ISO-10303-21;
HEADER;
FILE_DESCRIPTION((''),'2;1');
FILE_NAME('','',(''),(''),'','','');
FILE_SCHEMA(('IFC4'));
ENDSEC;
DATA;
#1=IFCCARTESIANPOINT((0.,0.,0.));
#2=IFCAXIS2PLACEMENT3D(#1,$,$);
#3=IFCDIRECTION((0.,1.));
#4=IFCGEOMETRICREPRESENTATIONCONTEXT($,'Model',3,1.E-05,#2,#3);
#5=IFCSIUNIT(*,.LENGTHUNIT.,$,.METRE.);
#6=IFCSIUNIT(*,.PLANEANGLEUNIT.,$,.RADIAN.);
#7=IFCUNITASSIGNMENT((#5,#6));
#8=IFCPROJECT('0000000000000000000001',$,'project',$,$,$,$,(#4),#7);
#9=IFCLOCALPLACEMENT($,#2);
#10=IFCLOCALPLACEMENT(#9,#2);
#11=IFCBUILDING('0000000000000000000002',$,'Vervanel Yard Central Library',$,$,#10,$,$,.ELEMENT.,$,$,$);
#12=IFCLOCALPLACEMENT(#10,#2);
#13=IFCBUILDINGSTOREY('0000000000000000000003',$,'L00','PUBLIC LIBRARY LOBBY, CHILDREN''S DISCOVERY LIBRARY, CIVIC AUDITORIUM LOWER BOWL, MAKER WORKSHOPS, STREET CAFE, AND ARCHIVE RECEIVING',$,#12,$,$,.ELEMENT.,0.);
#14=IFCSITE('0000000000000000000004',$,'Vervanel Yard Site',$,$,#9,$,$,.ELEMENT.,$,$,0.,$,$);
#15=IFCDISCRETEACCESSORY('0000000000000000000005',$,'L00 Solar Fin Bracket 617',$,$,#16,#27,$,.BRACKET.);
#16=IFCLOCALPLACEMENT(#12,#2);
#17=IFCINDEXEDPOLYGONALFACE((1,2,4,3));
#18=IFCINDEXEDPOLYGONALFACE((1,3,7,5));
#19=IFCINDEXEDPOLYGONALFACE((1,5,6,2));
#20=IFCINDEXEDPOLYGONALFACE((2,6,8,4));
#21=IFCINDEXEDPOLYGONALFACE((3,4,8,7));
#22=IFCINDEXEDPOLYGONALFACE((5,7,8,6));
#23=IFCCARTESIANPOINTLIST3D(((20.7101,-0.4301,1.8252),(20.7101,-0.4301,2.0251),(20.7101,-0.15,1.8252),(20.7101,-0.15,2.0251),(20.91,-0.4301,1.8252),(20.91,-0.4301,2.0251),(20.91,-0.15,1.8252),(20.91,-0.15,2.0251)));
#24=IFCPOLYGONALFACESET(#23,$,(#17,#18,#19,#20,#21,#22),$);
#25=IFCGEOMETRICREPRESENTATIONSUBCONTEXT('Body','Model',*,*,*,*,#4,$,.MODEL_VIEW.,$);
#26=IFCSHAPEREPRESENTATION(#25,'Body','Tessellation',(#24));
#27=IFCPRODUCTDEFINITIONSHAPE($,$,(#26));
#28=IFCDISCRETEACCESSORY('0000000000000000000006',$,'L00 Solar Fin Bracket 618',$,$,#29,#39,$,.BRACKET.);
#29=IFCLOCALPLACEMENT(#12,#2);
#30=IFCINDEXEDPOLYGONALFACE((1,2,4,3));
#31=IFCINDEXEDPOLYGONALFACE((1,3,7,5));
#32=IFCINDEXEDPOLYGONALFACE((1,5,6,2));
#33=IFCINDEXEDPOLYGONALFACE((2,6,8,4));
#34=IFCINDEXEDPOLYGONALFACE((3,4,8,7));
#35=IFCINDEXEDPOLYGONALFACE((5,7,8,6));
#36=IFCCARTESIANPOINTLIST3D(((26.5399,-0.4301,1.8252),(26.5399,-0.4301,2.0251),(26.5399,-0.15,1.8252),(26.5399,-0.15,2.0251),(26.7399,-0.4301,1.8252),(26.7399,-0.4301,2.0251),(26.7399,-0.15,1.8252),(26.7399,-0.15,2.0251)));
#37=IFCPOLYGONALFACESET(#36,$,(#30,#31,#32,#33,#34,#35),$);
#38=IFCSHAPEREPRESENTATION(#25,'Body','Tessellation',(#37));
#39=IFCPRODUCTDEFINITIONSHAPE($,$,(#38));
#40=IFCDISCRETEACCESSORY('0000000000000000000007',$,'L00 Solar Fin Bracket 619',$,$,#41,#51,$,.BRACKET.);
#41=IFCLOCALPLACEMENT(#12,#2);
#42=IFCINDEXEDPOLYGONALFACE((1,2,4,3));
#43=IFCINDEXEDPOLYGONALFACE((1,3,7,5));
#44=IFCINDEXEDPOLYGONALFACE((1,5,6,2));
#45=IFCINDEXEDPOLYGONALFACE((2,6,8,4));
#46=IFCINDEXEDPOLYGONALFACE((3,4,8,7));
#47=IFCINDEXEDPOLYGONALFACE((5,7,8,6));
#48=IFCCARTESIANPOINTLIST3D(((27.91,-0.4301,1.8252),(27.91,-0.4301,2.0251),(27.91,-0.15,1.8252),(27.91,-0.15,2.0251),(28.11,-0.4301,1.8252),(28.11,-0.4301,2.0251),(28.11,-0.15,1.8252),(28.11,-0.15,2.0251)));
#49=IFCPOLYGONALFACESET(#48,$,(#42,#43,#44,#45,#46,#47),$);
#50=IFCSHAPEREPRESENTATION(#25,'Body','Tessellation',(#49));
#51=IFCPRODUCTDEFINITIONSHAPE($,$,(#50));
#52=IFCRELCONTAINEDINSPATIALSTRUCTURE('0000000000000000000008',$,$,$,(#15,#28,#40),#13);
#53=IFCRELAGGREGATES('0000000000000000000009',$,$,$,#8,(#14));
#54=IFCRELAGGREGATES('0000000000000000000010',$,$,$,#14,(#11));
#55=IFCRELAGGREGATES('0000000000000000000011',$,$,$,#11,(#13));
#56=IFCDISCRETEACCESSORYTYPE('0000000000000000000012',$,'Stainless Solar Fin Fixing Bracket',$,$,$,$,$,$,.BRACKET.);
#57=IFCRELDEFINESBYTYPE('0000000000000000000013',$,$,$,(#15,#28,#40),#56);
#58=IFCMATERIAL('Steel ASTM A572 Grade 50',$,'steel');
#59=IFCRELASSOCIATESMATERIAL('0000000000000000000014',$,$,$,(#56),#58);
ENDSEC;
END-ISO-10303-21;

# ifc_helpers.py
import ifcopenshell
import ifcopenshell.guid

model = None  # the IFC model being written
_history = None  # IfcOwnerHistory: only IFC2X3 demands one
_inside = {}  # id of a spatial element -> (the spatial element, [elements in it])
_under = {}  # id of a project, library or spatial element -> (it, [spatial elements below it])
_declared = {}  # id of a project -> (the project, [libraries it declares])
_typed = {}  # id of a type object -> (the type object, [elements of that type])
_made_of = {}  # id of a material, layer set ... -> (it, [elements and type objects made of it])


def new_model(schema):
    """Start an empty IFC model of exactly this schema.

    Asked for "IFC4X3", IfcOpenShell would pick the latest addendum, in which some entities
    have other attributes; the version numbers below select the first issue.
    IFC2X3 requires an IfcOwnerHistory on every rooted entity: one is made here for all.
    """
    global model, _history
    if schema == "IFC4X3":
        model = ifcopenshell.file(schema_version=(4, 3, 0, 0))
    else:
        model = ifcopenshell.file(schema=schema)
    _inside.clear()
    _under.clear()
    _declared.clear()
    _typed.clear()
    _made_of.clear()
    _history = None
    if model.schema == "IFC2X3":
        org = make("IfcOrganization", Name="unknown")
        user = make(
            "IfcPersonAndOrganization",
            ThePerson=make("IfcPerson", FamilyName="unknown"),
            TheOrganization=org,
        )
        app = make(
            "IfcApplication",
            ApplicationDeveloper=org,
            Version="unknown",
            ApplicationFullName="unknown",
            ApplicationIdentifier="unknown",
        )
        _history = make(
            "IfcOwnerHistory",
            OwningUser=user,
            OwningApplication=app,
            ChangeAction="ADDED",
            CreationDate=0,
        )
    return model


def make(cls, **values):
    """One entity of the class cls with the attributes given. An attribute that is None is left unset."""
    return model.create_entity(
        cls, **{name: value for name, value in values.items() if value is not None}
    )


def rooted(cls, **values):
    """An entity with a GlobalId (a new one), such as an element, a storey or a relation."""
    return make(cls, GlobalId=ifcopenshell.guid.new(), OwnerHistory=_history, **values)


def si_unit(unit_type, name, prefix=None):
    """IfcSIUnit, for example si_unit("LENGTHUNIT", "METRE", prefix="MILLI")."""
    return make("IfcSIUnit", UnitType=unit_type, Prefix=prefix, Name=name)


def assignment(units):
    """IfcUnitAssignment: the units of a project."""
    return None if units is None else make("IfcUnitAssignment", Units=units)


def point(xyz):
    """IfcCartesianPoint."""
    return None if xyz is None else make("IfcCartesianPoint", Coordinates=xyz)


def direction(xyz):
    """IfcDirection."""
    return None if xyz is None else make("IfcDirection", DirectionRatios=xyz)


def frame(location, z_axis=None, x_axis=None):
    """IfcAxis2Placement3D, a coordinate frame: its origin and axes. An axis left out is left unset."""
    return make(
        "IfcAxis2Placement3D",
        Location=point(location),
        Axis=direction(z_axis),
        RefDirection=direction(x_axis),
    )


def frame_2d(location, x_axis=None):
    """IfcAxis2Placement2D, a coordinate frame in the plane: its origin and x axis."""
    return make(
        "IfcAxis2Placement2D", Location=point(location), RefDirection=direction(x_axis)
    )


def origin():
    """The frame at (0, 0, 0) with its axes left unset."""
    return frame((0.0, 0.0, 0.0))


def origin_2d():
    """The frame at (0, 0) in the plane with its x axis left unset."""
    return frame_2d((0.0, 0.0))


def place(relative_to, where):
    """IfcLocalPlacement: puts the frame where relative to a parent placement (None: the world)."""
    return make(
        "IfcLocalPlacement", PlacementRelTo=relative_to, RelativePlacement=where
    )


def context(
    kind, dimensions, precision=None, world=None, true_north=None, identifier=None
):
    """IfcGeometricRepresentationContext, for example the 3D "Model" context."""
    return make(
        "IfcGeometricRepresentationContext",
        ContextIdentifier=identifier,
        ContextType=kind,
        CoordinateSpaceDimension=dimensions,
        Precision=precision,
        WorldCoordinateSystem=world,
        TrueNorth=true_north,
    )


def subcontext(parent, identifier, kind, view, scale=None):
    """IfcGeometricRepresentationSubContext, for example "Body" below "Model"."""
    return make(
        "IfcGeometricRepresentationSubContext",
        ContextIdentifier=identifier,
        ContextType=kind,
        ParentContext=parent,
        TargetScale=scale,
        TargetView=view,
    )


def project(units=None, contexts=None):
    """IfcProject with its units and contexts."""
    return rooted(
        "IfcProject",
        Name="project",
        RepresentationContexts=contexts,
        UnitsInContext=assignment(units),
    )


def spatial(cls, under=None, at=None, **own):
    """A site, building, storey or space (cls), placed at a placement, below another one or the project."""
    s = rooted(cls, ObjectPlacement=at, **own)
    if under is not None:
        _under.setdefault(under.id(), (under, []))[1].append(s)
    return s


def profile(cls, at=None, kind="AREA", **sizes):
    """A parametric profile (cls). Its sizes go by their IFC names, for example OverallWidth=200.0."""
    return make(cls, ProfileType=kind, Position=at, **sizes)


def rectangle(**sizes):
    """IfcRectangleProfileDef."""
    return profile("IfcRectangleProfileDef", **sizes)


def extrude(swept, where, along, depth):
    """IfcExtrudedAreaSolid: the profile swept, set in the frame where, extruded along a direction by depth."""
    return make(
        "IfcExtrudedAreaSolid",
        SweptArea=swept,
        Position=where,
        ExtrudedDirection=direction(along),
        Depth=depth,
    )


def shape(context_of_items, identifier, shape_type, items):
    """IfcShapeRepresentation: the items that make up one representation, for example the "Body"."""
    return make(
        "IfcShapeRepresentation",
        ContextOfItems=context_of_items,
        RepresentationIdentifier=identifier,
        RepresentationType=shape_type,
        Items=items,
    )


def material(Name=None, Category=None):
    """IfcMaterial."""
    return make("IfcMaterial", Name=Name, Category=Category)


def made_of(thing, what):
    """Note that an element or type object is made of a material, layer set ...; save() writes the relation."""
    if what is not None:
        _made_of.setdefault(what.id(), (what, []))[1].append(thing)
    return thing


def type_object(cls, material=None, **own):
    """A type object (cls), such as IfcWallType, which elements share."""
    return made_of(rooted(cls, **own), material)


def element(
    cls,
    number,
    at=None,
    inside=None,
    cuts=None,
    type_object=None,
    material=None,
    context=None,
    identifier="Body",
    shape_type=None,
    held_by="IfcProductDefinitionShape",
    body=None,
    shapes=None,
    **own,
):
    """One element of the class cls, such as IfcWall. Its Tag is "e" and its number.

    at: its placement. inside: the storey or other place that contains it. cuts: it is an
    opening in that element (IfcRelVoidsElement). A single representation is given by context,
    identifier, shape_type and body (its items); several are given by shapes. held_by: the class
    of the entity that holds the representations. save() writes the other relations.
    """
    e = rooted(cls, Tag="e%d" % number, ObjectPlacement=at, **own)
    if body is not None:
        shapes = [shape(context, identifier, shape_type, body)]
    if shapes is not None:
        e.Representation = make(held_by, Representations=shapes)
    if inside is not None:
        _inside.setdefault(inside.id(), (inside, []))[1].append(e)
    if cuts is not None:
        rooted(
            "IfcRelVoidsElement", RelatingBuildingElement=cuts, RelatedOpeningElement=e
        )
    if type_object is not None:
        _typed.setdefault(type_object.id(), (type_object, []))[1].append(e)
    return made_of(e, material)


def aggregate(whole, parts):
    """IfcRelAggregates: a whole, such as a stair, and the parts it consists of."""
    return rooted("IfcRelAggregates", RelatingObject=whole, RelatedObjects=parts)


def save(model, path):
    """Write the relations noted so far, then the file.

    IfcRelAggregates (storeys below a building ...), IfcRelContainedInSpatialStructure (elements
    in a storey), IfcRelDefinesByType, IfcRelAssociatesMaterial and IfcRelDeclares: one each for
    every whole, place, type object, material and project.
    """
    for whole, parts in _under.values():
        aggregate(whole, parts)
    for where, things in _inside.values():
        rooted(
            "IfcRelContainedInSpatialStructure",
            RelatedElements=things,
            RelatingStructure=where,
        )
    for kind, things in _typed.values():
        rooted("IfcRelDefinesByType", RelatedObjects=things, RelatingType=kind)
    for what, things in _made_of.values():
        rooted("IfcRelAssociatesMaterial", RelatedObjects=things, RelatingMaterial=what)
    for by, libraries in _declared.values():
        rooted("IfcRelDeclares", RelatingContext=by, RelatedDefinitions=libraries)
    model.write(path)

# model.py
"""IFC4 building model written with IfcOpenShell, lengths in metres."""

from ifc_helpers import new_model, si_unit, direction, frame, origin, origin_2d, place, context, subcontext, project, spatial, rectangle, extrude, material, type_object, element, save


model = new_model("IFC4")

# Units and contexts
model_context = context("Model", 3, precision=1e-05, world=origin(), true_north=direction((0.0, 1.0)))
body_context = subcontext(model_context, "Body", "Model", "MODEL_VIEW")
ifc_project = project(units=[si_unit("LENGTHUNIT", "METRE"), si_unit("PLANEANGLEUNIT", "RADIAN")], contexts=[model_context])

# Site, building, storey
site_placement = place(None, origin())
site = spatial("IfcSite", under=ifc_project, at=site_placement, Name="Vervanel Yard Site", CompositionType="ELEMENT", RefElevation=0.0)
building_placement = place(site_placement, origin())
building = spatial("IfcBuilding", under=site, at=building_placement, Name="Vervanel Yard Central Library", CompositionType="ELEMENT")
storey_placement = place(building_placement, origin())
storey = spatial("IfcBuildingStorey", under=building, at=storey_placement, Name="L00", Description="PUBLIC LIBRARY LOBBY, CHILDREN'S DISCOVERY LIBRARY, CIVIC AUDITORIUM LOWER BOWL, MAKER WORKSHOPS, STREET CAFE, AND ARCHIVE RECEIVING", CompositionType="ELEMENT", Elevation=0.0)

# Discrete accessories
ifc_material_1 = material(Name="Steel ASTM A572 Grade 50", Category="steel")
discrete_accessory_type = type_object("IfcDiscreteAccessoryType", Name="Stainless Solar Fin Fixing Bracket", PredefinedType="BRACKET", material=ifc_material_1)
for number, where, z_axis, x_axis, name in (
    (1, (20.8101, -0.29, 1.8252), (0.0, 0.0, 1.0), (1.0, 0.0, 0.0), "L00 Solar Fin Bracket 617"),
    (2, (26.6399, -0.29, 1.8252), (0.0, 0.0, 1.0), (1.0, 0.0, 0.0), "L00 Solar Fin Bracket 618"),
    (3, (28.01, -0.29, 1.8252), (0.0, 0.0, 1.0), (1.0, 0.0, 0.0), "L00 Solar Fin Bracket 619"),
):
    element("IfcDiscreteAccessory", number, at=place(storey_placement, frame(where, z_axis=z_axis, x_axis=x_axis)), inside=storey, type_object=discrete_accessory_type, Name=name, PredefinedType="BRACKET", context=body_context, shape_type="SweptSolid", body=[
        extrude(rectangle(XDim=0.2, YDim=0.28, at=origin_2d()), origin(), (0.0, 0.0, 1.0), 0.2),
    ])

save(model, "model.ifc")
